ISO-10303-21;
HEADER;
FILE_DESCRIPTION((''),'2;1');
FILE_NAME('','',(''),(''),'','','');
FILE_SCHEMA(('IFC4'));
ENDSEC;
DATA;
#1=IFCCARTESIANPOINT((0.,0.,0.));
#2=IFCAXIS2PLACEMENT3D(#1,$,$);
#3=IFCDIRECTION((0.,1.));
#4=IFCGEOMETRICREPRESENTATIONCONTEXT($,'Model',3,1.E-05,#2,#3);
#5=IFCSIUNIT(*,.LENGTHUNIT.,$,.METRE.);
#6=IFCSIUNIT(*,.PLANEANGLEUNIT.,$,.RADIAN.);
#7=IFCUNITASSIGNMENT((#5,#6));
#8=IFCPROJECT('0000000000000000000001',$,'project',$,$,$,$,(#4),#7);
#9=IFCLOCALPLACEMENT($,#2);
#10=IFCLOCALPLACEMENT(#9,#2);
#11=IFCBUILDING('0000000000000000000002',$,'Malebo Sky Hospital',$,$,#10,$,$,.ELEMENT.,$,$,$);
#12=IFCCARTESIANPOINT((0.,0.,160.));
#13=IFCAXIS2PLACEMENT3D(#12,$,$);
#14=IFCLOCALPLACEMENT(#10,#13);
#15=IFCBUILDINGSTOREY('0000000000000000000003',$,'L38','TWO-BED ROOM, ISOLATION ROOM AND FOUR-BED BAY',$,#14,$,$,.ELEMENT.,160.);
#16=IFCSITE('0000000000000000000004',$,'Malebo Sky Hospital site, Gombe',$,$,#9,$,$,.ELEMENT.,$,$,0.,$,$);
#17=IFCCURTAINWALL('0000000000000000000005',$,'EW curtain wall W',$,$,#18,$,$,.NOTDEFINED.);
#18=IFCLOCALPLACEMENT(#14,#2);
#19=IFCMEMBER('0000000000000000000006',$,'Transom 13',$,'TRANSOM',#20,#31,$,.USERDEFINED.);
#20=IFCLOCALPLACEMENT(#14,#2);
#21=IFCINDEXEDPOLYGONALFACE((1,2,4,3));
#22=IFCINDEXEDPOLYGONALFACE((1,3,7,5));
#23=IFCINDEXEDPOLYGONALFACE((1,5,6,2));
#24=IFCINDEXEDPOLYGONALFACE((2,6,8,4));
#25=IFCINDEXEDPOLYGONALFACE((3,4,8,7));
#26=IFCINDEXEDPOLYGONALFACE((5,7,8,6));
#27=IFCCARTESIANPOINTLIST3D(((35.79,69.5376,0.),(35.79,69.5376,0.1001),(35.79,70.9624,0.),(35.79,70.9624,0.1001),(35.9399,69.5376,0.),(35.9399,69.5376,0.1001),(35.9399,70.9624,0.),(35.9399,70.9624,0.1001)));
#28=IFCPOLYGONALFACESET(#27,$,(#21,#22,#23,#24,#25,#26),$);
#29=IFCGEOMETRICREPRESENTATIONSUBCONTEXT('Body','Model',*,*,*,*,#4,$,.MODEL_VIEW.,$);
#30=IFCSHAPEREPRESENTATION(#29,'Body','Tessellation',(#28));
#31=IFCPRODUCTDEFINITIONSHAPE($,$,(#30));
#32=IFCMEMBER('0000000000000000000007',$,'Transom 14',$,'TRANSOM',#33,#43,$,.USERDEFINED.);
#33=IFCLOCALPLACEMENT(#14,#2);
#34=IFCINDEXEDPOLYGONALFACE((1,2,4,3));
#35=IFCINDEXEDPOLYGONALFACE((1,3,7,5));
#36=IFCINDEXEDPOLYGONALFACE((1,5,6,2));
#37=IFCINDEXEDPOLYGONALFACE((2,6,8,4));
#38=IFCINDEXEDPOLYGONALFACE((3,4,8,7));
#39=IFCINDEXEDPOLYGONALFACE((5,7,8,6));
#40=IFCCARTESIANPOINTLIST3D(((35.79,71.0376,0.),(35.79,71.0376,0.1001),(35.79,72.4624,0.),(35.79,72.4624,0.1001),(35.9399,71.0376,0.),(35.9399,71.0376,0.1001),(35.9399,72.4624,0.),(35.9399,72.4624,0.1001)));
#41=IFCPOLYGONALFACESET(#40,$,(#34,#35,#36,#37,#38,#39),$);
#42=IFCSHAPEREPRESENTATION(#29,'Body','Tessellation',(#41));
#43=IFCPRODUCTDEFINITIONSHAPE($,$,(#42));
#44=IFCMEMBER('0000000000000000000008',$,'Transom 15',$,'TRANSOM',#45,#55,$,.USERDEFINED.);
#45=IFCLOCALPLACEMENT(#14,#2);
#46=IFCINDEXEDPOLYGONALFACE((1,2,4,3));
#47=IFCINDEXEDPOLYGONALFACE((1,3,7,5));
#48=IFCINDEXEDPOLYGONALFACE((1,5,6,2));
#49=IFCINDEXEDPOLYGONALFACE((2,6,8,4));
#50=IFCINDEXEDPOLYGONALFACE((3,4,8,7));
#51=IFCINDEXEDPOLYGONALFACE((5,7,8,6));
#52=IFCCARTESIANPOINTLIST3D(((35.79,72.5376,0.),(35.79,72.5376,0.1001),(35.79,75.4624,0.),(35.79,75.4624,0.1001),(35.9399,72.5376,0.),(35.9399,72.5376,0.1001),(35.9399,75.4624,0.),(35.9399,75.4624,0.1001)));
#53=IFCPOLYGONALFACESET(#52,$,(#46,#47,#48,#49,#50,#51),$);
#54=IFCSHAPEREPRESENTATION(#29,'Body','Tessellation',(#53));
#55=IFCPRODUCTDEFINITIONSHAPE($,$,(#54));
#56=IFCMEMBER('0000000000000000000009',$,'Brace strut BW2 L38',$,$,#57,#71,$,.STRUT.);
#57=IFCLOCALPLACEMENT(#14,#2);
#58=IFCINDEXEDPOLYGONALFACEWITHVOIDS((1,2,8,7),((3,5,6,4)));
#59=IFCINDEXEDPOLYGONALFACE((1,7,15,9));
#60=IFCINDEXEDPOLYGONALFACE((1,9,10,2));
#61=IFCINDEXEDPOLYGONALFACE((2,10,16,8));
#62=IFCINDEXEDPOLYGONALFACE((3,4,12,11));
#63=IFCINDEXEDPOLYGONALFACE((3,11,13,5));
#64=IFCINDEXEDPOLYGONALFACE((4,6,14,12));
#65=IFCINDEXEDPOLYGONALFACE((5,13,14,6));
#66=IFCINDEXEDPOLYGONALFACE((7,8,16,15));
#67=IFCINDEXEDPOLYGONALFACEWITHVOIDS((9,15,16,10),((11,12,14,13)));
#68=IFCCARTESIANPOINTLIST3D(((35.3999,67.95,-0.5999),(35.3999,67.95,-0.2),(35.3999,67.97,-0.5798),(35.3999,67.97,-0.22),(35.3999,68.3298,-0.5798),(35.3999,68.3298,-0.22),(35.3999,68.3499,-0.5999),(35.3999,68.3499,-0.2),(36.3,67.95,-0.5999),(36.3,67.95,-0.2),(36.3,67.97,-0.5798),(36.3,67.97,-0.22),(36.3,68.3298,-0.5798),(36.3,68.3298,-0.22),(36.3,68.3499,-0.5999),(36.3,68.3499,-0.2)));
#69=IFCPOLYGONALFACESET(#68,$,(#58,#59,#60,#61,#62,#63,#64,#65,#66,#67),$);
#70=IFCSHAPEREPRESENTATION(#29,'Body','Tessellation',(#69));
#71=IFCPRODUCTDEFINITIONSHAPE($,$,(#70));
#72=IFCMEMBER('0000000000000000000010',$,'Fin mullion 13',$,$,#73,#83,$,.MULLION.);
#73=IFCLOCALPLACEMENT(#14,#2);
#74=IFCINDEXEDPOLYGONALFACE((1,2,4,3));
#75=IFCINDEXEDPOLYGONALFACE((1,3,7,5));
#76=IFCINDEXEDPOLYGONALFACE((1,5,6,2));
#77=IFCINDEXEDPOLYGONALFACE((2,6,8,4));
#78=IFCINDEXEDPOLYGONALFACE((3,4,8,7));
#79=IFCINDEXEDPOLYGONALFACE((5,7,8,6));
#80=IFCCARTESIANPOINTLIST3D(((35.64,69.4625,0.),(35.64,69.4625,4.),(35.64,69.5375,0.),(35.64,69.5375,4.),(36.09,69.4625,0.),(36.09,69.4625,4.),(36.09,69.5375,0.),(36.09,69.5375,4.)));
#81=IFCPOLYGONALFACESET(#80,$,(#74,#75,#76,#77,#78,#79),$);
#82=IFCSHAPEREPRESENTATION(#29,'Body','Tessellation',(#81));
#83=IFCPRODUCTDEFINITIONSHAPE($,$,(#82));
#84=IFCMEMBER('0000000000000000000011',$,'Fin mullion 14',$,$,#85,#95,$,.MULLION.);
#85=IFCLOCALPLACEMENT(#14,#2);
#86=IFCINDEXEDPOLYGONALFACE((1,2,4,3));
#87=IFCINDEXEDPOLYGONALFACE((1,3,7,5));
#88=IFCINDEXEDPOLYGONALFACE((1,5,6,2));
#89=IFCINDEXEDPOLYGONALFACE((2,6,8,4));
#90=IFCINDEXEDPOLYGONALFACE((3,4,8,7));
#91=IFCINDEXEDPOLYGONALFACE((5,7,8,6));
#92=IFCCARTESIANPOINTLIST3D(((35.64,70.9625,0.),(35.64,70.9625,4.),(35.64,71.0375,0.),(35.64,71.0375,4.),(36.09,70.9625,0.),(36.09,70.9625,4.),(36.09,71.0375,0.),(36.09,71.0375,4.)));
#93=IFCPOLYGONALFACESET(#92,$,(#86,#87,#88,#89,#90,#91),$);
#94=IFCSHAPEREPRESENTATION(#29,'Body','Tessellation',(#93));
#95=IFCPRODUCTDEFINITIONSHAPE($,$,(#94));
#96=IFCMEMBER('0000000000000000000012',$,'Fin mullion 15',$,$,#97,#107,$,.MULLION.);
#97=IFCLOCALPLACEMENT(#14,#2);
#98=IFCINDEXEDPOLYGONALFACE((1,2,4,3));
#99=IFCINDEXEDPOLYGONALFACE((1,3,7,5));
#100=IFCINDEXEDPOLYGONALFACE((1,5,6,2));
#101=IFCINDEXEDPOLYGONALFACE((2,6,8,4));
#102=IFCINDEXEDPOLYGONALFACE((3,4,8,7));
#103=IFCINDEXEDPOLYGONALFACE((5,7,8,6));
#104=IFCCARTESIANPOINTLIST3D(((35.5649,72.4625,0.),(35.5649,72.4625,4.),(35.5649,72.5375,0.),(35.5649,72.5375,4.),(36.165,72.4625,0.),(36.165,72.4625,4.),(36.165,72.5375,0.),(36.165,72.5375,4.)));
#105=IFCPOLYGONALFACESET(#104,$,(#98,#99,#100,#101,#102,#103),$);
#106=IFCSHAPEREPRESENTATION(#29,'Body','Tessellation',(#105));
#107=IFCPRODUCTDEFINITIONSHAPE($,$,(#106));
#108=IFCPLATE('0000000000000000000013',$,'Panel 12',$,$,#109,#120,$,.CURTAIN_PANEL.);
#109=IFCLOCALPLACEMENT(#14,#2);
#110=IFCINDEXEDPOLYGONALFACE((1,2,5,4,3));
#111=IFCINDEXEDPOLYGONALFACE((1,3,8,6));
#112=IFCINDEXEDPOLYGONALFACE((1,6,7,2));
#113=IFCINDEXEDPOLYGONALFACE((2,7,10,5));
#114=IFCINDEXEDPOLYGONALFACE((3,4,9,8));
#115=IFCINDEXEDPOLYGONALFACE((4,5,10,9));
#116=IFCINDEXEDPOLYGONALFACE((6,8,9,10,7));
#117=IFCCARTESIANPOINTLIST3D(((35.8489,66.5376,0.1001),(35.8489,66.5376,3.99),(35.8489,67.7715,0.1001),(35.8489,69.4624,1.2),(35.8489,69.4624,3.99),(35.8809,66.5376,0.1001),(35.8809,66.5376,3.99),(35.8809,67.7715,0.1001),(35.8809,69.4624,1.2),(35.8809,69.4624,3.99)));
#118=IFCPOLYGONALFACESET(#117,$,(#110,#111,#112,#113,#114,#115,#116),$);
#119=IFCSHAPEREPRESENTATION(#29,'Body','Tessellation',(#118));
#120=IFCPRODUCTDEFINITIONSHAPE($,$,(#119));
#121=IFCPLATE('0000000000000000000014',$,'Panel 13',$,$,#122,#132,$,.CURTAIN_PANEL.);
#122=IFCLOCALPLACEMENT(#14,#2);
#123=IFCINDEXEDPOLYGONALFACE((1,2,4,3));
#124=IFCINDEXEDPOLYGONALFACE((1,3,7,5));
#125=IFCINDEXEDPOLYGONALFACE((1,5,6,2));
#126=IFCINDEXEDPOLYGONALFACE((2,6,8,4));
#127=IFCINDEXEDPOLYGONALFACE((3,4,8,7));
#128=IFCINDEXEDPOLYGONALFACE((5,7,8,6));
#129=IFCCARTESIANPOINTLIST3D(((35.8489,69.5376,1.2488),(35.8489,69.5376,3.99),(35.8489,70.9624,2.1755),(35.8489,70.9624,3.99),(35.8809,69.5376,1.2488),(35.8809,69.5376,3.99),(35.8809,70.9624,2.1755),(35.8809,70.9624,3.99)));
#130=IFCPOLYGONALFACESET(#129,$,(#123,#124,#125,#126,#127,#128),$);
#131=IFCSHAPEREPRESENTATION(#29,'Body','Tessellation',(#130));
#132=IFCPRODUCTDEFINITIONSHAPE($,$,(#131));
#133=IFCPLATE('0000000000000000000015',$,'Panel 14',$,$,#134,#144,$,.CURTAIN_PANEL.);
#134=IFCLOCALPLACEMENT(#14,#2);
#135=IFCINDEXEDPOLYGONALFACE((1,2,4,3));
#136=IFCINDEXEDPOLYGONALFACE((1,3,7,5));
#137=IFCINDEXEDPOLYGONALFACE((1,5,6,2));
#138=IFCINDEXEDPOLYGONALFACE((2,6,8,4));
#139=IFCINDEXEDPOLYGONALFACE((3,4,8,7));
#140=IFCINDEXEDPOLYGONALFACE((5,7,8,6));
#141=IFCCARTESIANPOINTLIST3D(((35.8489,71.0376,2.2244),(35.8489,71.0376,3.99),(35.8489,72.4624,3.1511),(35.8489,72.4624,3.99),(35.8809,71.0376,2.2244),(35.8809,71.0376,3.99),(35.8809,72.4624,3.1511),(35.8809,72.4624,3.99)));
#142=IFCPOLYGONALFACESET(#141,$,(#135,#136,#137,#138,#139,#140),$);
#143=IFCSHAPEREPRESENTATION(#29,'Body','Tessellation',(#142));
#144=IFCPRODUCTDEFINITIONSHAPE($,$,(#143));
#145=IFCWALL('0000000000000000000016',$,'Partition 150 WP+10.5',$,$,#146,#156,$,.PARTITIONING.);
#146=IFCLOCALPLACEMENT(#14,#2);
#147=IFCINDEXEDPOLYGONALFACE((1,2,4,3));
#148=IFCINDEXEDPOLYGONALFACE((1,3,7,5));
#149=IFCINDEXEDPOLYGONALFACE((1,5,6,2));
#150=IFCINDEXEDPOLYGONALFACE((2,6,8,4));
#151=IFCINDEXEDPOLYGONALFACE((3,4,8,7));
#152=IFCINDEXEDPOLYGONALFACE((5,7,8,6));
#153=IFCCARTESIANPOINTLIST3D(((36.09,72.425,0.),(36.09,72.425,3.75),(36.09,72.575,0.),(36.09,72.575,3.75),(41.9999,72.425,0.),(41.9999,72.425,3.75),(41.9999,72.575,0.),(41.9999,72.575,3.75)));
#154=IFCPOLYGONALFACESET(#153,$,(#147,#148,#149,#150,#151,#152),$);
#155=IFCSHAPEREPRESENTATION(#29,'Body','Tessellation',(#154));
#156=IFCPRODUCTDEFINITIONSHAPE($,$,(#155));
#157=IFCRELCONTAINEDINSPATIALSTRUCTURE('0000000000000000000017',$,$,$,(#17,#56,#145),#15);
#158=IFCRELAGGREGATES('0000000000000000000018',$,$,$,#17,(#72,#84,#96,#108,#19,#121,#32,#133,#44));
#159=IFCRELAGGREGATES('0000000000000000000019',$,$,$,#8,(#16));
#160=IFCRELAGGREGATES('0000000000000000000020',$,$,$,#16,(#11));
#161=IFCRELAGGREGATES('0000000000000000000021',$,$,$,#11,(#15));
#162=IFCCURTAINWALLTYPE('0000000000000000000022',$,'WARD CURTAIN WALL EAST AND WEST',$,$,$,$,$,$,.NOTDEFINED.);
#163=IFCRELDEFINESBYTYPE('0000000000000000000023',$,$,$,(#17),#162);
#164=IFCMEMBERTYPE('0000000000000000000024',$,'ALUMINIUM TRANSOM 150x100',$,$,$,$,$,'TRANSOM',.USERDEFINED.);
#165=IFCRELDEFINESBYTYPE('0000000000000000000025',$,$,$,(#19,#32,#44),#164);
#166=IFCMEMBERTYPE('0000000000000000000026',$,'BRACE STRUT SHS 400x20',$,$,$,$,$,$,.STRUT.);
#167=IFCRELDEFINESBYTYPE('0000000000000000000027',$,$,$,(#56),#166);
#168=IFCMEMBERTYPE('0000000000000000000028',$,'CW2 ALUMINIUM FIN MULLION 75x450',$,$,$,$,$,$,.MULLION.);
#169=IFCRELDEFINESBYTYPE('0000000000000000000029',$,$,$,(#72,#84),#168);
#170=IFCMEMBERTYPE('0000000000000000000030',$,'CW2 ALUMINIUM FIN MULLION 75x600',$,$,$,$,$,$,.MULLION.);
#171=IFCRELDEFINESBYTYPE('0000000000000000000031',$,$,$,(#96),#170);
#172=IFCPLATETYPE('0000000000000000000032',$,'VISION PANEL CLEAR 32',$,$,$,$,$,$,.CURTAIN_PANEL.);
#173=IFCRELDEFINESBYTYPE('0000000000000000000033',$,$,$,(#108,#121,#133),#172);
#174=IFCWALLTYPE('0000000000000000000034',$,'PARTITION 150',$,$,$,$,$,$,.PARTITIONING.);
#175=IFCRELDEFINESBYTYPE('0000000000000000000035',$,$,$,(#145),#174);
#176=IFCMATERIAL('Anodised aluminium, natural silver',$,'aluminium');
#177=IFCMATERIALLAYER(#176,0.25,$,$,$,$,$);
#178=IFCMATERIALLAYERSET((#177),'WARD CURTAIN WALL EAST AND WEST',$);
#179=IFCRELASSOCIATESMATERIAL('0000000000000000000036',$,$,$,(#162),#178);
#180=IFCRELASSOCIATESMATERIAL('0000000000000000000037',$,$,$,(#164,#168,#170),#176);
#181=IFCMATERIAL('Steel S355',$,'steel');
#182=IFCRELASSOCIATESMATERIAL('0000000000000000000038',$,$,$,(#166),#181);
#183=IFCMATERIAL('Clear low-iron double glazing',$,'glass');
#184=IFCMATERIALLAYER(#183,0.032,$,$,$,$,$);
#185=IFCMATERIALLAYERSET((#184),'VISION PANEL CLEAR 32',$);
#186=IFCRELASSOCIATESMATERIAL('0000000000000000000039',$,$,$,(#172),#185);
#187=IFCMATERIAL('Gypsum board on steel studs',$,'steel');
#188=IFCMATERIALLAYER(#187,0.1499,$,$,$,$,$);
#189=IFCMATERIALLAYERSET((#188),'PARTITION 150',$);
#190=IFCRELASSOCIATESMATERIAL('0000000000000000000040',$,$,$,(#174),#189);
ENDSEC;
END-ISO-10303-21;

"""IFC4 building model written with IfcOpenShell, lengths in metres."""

from ifc_helpers import new_model, si_unit, direction, frame, frame_2d, origin, origin_2d, place, context, subcontext, project, spatial, polyline, rectangle, hollow_rectangle, outline, extrude, material, layer, layer_set, material_profile, profile_set, type_object, element, aggregate, save


model = new_model("IFC4")

# Units and contexts
model_context = context("Model", 3, precision=1e-05, world=origin(), true_north=direction((0.0, 1.0)))
body_context = subcontext(model_context, "Body", "Model", "MODEL_VIEW")
ifc_project = project(units=[si_unit("LENGTHUNIT", "METRE"), si_unit("PLANEANGLEUNIT", "RADIAN")], contexts=[model_context])

# Site, building, storey
site_placement = place(None, origin())
site = spatial("IfcSite", under=ifc_project, at=site_placement, Name="Malebo Sky Hospital site, Gombe", CompositionType="ELEMENT", RefElevation=0.0)
building_placement = place(site_placement, origin())
building = spatial("IfcBuilding", under=site, at=building_placement, Name="Malebo Sky Hospital", CompositionType="ELEMENT")
storey_placement = place(building_placement, frame((0.0, 0.0, 160.0)))
storey = spatial("IfcBuildingStorey", under=building, at=storey_placement, Name="L38", Description="TWO-BED ROOM, ISOLATION ROOM AND FOUR-BED BAY", CompositionType="ELEMENT", Elevation=160.0)

# Curtain wall, members
ifc_material_1 = material(Name="Anodised aluminium, natural silver", Category="aluminium")
ifc_layer_1 = layer(ifc_material_1, 0.25)
ifc_layer_set_1 = layer_set([ifc_layer_1], Name="WARD CURTAIN WALL EAST AND WEST")
curtain_wall_type = type_object("IfcCurtainWallType", Name="WARD CURTAIN WALL EAST AND WEST", PredefinedType="NOTDEFINED", material=ifc_layer_set_1)
curtain_wall_placement = place(storey_placement, origin())
curtain_wall = element("IfcCurtainWall", 1, at=curtain_wall_placement, inside=storey, type_object=curtain_wall_type, Name="EW curtain wall W", PredefinedType="NOTDEFINED")
ifc_material_profile_1 = material_profile(ifc_material_1, rectangle(XDim=0.1499, YDim=0.1001, at=origin_2d()), Name="ALUMINIUM TRANSOM 150x100")
ifc_profile_set_1 = profile_set([ifc_material_profile_1], Name="Anodised aluminium, natural silver")
member_type_1 = type_object("IfcMemberType", Name="ALUMINIUM TRANSOM 150x100", ElementType="TRANSOM", PredefinedType="USERDEFINED", material=ifc_profile_set_1)
member_1_placement = place(storey_placement, frame((35.865, 69.5376, 0.05), z_axis=(0.0, 1.0, 0.0), x_axis=(-1.0, 0.0, 0.0)))
member_1 = element("IfcMember", 2, at=member_1_placement, type_object=member_type_1, Name="Transom 13", ObjectType="TRANSOM", PredefinedType="USERDEFINED", context=body_context, shape_type="SweptSolid", body=[
    extrude(rectangle(XDim=0.1499, YDim=0.1001, at=origin_2d()), origin(), (0.0, 0.0, 1.0), 1.4248),
])
member_2_placement = place(storey_placement, frame((35.865, 71.0376, 0.05), z_axis=(0.0, 1.0, 0.0), x_axis=(-1.0, 0.0, 0.0)))
member_2 = element("IfcMember", 3, at=member_2_placement, type_object=member_type_1, Name="Transom 14", ObjectType="TRANSOM", PredefinedType="USERDEFINED", context=body_context, shape_type="SweptSolid", body=[
    extrude(rectangle(XDim=0.1499, YDim=0.1001, at=origin_2d()), origin(), (0.0, 0.0, 1.0), 1.4248),
])
member_3_placement = place(storey_placement, frame((35.865, 72.5376, 0.05), z_axis=(0.0, 1.0, 0.0), x_axis=(-1.0, 0.0, 0.0)))
member_3 = element("IfcMember", 4, at=member_3_placement, type_object=member_type_1, Name="Transom 15", ObjectType="TRANSOM", PredefinedType="USERDEFINED", context=body_context, shape_type="SweptSolid", body=[
    extrude(rectangle(XDim=0.1499, YDim=0.1001, at=origin_2d()), origin(), (0.0, 0.0, 1.0), 2.9248),
])

# Members
ifc_material_2 = material(Name="Steel S355", Category="steel")
ifc_material_profile_2 = material_profile(ifc_material_2, hollow_rectangle(XDim=0.3999, YDim=0.3999, WallThickness=0.02, at=origin_2d()), Name="SHS 400x20")
ifc_profile_set_2 = profile_set([ifc_material_profile_2], Name="Steel S355")
member_type_2 = type_object("IfcMemberType", Name="BRACE STRUT SHS 400x20", PredefinedType="STRUT", material=ifc_profile_set_2)
member_4_placement = place(storey_placement, frame((35.3999, 68.1499, -0.3999), z_axis=(1.0, 0.0, 0.0), x_axis=(0.0, 1.0, 0.0)))
element("IfcMember", 5, at=member_4_placement, inside=storey, type_object=member_type_2, Name="Brace strut BW2 L38", PredefinedType="STRUT", context=body_context, shape_type="SweptSolid", body=[
    extrude(hollow_rectangle(XDim=0.3999, YDim=0.3999, WallThickness=0.02, at=origin_2d()), origin(), (0.0, 0.0, 1.0), 0.9001),
])
ifc_material_profile_3 = material_profile(ifc_material_1, rectangle(XDim=0.075, YDim=0.45, at=origin_2d()), Name="CW2 ALUMINIUM FIN MULLION 75x450")
ifc_profile_set_3 = profile_set([ifc_material_profile_3], Name="Anodised aluminium, natural silver")
member_type_3 = type_object("IfcMemberType", Name="CW2 ALUMINIUM FIN MULLION 75x450", PredefinedType="MULLION", material=ifc_profile_set_3)
member_5_placement = place(storey_placement, frame((35.865, 69.5, 0.0), z_axis=(0.0, 0.0, 1.0), x_axis=(0.0, 1.0, 0.0)))
member_5 = element("IfcMember", 6, at=member_5_placement, type_object=member_type_3, Name="Fin mullion 13", PredefinedType="MULLION", context=body_context, shape_type="SweptSolid", body=[
    extrude(rectangle(XDim=0.075, YDim=0.45, at=origin_2d()), origin(), (0.0, 0.0, 1.0), 4.0),
])
member_6_placement = place(storey_placement, frame((35.865, 71.0, 0.0), z_axis=(0.0, 0.0, 1.0), x_axis=(0.0, 1.0, 0.0)))
member_6 = element("IfcMember", 7, at=member_6_placement, type_object=member_type_3, Name="Fin mullion 14", PredefinedType="MULLION", context=body_context, shape_type="SweptSolid", body=[
    extrude(rectangle(XDim=0.075, YDim=0.45, at=origin_2d()), origin(), (0.0, 0.0, 1.0), 4.0),
])
ifc_material_profile_4 = material_profile(ifc_material_1, rectangle(XDim=0.075, YDim=0.6001, at=origin_2d()), Name="CW2 ALUMINIUM FIN MULLION 75x600")
ifc_profile_set_4 = profile_set([ifc_material_profile_4], Name="Anodised aluminium, natural silver")
member_type_4 = type_object("IfcMemberType", Name="CW2 ALUMINIUM FIN MULLION 75x600", PredefinedType="MULLION", material=ifc_profile_set_4)
member_7_placement = place(storey_placement, frame((35.865, 72.5, 0.0), z_axis=(0.0, 0.0, 1.0), x_axis=(0.0, 1.0, 0.0)))
member_7 = element("IfcMember", 8, at=member_7_placement, type_object=member_type_4, Name="Fin mullion 15", PredefinedType="MULLION", context=body_context, shape_type="SweptSolid", body=[
    extrude(rectangle(XDim=0.075, YDim=0.6001, at=origin_2d()), origin(), (0.0, 0.0, 1.0), 4.0),
])

# Plates
ifc_material_3 = material(Name="Clear low-iron double glazing", Category="glass")
ifc_layer_2 = layer(ifc_material_3, 0.032)
ifc_layer_set_2 = layer_set([ifc_layer_2], Name="VISION PANEL CLEAR 32")
plate_type = type_object("IfcPlateType", Name="VISION PANEL CLEAR 32", PredefinedType="CURTAIN_PANEL", material=ifc_layer_set_2)
plate_1_placement = place(storey_placement, frame((35.865, 68.0, 0.1001), z_axis=(0.0, 0.0, 1.0), x_axis=(0.0, 1.0, 0.0)))
plate_1 = element("IfcPlate", 9, at=plate_1_placement, type_object=plate_type, Name="Panel 12", PredefinedType="CURTAIN_PANEL", context=body_context, shape_type="SweptSolid", body=[
    extrude(outline(polyline([(-1.4624, 0.0), (-0.2285, 0.0), (1.4624, 1.0999), (1.4624, 3.8899), (-1.4624, 3.8899), (-1.4624, 0.0)])), frame((0.0, 0.0161, 0.0), z_axis=(0.0, -1.0, 0.0), x_axis=(1.0, 0.0, 0.0)), (0.0, 0.0, 1.0), 0.032),
])
plate_2_placement = place(storey_placement, frame((35.865, 70.25, 1.2488), z_axis=(0.0, 0.0, 1.0), x_axis=(0.0, 1.0, 0.0)))
plate_2 = element("IfcPlate", 10, at=plate_2_placement, type_object=plate_type, Name="Panel 13", PredefinedType="CURTAIN_PANEL", context=body_context, shape_type="SweptSolid", body=[
    extrude(outline(polyline([(-0.7124, 0.0), (0.7124, 0.9268), (0.7124, 2.7412), (-0.7124, 2.7412), (-0.7124, 0.0)])), frame((0.0, 0.0161, 0.0), z_axis=(0.0, -1.0, 0.0), x_axis=(1.0, 0.0, 0.0)), (0.0, 0.0, 1.0), 0.032),
])
plate_3_placement = place(storey_placement, frame((35.865, 71.75, 2.2244), z_axis=(0.0, 0.0, 1.0), x_axis=(0.0, 1.0, 0.0)))
plate_3 = element("IfcPlate", 11, at=plate_3_placement, type_object=plate_type, Name="Panel 14", PredefinedType="CURTAIN_PANEL", context=body_context, shape_type="SweptSolid", body=[
    extrude(outline(polyline([(-0.7124, 0.0), (0.7124, 0.9268), (0.7124, 1.7656), (-0.7124, 1.7656), (-0.7124, 0.0)])), frame((0.0, 0.0161, 0.0), z_axis=(0.0, -1.0, 0.0), x_axis=(1.0, 0.0, 0.0)), (0.0, 0.0, 1.0), 0.032),
])
aggregate(curtain_wall, [member_5, member_6, member_7, plate_1, member_1, plate_2, member_2, plate_3, member_3])

# Wall
ifc_material_4 = material(Name="Gypsum board on steel studs", Category="steel")
ifc_layer_3 = layer(ifc_material_4, 0.1499)
ifc_layer_set_3 = layer_set([ifc_layer_3], Name="PARTITION 150")
wall_type_1 = type_object("IfcWallType", Name="PARTITION 150", PredefinedType="PARTITIONING", material=ifc_layer_set_3)
wall_1_placement = place(storey_placement, frame((42.0, 72.5, 0.0), z_axis=(0.0, 0.0, 1.0), x_axis=(-1.0, 0.0, 0.0)))
element("IfcWall", 12, at=wall_1_placement, inside=storey, type_object=wall_type_1, Name="Partition 150 WP+10.5", PredefinedType="PARTITIONING", context=body_context, shape_type="SweptSolid", body=[
    extrude(rectangle(XDim=5.9099, YDim=0.1499, at=frame_2d((2.9551, 0.0))), origin(), (0.0, 0.0, 1.0), 3.75),
])

save(model, "model.ifc")
